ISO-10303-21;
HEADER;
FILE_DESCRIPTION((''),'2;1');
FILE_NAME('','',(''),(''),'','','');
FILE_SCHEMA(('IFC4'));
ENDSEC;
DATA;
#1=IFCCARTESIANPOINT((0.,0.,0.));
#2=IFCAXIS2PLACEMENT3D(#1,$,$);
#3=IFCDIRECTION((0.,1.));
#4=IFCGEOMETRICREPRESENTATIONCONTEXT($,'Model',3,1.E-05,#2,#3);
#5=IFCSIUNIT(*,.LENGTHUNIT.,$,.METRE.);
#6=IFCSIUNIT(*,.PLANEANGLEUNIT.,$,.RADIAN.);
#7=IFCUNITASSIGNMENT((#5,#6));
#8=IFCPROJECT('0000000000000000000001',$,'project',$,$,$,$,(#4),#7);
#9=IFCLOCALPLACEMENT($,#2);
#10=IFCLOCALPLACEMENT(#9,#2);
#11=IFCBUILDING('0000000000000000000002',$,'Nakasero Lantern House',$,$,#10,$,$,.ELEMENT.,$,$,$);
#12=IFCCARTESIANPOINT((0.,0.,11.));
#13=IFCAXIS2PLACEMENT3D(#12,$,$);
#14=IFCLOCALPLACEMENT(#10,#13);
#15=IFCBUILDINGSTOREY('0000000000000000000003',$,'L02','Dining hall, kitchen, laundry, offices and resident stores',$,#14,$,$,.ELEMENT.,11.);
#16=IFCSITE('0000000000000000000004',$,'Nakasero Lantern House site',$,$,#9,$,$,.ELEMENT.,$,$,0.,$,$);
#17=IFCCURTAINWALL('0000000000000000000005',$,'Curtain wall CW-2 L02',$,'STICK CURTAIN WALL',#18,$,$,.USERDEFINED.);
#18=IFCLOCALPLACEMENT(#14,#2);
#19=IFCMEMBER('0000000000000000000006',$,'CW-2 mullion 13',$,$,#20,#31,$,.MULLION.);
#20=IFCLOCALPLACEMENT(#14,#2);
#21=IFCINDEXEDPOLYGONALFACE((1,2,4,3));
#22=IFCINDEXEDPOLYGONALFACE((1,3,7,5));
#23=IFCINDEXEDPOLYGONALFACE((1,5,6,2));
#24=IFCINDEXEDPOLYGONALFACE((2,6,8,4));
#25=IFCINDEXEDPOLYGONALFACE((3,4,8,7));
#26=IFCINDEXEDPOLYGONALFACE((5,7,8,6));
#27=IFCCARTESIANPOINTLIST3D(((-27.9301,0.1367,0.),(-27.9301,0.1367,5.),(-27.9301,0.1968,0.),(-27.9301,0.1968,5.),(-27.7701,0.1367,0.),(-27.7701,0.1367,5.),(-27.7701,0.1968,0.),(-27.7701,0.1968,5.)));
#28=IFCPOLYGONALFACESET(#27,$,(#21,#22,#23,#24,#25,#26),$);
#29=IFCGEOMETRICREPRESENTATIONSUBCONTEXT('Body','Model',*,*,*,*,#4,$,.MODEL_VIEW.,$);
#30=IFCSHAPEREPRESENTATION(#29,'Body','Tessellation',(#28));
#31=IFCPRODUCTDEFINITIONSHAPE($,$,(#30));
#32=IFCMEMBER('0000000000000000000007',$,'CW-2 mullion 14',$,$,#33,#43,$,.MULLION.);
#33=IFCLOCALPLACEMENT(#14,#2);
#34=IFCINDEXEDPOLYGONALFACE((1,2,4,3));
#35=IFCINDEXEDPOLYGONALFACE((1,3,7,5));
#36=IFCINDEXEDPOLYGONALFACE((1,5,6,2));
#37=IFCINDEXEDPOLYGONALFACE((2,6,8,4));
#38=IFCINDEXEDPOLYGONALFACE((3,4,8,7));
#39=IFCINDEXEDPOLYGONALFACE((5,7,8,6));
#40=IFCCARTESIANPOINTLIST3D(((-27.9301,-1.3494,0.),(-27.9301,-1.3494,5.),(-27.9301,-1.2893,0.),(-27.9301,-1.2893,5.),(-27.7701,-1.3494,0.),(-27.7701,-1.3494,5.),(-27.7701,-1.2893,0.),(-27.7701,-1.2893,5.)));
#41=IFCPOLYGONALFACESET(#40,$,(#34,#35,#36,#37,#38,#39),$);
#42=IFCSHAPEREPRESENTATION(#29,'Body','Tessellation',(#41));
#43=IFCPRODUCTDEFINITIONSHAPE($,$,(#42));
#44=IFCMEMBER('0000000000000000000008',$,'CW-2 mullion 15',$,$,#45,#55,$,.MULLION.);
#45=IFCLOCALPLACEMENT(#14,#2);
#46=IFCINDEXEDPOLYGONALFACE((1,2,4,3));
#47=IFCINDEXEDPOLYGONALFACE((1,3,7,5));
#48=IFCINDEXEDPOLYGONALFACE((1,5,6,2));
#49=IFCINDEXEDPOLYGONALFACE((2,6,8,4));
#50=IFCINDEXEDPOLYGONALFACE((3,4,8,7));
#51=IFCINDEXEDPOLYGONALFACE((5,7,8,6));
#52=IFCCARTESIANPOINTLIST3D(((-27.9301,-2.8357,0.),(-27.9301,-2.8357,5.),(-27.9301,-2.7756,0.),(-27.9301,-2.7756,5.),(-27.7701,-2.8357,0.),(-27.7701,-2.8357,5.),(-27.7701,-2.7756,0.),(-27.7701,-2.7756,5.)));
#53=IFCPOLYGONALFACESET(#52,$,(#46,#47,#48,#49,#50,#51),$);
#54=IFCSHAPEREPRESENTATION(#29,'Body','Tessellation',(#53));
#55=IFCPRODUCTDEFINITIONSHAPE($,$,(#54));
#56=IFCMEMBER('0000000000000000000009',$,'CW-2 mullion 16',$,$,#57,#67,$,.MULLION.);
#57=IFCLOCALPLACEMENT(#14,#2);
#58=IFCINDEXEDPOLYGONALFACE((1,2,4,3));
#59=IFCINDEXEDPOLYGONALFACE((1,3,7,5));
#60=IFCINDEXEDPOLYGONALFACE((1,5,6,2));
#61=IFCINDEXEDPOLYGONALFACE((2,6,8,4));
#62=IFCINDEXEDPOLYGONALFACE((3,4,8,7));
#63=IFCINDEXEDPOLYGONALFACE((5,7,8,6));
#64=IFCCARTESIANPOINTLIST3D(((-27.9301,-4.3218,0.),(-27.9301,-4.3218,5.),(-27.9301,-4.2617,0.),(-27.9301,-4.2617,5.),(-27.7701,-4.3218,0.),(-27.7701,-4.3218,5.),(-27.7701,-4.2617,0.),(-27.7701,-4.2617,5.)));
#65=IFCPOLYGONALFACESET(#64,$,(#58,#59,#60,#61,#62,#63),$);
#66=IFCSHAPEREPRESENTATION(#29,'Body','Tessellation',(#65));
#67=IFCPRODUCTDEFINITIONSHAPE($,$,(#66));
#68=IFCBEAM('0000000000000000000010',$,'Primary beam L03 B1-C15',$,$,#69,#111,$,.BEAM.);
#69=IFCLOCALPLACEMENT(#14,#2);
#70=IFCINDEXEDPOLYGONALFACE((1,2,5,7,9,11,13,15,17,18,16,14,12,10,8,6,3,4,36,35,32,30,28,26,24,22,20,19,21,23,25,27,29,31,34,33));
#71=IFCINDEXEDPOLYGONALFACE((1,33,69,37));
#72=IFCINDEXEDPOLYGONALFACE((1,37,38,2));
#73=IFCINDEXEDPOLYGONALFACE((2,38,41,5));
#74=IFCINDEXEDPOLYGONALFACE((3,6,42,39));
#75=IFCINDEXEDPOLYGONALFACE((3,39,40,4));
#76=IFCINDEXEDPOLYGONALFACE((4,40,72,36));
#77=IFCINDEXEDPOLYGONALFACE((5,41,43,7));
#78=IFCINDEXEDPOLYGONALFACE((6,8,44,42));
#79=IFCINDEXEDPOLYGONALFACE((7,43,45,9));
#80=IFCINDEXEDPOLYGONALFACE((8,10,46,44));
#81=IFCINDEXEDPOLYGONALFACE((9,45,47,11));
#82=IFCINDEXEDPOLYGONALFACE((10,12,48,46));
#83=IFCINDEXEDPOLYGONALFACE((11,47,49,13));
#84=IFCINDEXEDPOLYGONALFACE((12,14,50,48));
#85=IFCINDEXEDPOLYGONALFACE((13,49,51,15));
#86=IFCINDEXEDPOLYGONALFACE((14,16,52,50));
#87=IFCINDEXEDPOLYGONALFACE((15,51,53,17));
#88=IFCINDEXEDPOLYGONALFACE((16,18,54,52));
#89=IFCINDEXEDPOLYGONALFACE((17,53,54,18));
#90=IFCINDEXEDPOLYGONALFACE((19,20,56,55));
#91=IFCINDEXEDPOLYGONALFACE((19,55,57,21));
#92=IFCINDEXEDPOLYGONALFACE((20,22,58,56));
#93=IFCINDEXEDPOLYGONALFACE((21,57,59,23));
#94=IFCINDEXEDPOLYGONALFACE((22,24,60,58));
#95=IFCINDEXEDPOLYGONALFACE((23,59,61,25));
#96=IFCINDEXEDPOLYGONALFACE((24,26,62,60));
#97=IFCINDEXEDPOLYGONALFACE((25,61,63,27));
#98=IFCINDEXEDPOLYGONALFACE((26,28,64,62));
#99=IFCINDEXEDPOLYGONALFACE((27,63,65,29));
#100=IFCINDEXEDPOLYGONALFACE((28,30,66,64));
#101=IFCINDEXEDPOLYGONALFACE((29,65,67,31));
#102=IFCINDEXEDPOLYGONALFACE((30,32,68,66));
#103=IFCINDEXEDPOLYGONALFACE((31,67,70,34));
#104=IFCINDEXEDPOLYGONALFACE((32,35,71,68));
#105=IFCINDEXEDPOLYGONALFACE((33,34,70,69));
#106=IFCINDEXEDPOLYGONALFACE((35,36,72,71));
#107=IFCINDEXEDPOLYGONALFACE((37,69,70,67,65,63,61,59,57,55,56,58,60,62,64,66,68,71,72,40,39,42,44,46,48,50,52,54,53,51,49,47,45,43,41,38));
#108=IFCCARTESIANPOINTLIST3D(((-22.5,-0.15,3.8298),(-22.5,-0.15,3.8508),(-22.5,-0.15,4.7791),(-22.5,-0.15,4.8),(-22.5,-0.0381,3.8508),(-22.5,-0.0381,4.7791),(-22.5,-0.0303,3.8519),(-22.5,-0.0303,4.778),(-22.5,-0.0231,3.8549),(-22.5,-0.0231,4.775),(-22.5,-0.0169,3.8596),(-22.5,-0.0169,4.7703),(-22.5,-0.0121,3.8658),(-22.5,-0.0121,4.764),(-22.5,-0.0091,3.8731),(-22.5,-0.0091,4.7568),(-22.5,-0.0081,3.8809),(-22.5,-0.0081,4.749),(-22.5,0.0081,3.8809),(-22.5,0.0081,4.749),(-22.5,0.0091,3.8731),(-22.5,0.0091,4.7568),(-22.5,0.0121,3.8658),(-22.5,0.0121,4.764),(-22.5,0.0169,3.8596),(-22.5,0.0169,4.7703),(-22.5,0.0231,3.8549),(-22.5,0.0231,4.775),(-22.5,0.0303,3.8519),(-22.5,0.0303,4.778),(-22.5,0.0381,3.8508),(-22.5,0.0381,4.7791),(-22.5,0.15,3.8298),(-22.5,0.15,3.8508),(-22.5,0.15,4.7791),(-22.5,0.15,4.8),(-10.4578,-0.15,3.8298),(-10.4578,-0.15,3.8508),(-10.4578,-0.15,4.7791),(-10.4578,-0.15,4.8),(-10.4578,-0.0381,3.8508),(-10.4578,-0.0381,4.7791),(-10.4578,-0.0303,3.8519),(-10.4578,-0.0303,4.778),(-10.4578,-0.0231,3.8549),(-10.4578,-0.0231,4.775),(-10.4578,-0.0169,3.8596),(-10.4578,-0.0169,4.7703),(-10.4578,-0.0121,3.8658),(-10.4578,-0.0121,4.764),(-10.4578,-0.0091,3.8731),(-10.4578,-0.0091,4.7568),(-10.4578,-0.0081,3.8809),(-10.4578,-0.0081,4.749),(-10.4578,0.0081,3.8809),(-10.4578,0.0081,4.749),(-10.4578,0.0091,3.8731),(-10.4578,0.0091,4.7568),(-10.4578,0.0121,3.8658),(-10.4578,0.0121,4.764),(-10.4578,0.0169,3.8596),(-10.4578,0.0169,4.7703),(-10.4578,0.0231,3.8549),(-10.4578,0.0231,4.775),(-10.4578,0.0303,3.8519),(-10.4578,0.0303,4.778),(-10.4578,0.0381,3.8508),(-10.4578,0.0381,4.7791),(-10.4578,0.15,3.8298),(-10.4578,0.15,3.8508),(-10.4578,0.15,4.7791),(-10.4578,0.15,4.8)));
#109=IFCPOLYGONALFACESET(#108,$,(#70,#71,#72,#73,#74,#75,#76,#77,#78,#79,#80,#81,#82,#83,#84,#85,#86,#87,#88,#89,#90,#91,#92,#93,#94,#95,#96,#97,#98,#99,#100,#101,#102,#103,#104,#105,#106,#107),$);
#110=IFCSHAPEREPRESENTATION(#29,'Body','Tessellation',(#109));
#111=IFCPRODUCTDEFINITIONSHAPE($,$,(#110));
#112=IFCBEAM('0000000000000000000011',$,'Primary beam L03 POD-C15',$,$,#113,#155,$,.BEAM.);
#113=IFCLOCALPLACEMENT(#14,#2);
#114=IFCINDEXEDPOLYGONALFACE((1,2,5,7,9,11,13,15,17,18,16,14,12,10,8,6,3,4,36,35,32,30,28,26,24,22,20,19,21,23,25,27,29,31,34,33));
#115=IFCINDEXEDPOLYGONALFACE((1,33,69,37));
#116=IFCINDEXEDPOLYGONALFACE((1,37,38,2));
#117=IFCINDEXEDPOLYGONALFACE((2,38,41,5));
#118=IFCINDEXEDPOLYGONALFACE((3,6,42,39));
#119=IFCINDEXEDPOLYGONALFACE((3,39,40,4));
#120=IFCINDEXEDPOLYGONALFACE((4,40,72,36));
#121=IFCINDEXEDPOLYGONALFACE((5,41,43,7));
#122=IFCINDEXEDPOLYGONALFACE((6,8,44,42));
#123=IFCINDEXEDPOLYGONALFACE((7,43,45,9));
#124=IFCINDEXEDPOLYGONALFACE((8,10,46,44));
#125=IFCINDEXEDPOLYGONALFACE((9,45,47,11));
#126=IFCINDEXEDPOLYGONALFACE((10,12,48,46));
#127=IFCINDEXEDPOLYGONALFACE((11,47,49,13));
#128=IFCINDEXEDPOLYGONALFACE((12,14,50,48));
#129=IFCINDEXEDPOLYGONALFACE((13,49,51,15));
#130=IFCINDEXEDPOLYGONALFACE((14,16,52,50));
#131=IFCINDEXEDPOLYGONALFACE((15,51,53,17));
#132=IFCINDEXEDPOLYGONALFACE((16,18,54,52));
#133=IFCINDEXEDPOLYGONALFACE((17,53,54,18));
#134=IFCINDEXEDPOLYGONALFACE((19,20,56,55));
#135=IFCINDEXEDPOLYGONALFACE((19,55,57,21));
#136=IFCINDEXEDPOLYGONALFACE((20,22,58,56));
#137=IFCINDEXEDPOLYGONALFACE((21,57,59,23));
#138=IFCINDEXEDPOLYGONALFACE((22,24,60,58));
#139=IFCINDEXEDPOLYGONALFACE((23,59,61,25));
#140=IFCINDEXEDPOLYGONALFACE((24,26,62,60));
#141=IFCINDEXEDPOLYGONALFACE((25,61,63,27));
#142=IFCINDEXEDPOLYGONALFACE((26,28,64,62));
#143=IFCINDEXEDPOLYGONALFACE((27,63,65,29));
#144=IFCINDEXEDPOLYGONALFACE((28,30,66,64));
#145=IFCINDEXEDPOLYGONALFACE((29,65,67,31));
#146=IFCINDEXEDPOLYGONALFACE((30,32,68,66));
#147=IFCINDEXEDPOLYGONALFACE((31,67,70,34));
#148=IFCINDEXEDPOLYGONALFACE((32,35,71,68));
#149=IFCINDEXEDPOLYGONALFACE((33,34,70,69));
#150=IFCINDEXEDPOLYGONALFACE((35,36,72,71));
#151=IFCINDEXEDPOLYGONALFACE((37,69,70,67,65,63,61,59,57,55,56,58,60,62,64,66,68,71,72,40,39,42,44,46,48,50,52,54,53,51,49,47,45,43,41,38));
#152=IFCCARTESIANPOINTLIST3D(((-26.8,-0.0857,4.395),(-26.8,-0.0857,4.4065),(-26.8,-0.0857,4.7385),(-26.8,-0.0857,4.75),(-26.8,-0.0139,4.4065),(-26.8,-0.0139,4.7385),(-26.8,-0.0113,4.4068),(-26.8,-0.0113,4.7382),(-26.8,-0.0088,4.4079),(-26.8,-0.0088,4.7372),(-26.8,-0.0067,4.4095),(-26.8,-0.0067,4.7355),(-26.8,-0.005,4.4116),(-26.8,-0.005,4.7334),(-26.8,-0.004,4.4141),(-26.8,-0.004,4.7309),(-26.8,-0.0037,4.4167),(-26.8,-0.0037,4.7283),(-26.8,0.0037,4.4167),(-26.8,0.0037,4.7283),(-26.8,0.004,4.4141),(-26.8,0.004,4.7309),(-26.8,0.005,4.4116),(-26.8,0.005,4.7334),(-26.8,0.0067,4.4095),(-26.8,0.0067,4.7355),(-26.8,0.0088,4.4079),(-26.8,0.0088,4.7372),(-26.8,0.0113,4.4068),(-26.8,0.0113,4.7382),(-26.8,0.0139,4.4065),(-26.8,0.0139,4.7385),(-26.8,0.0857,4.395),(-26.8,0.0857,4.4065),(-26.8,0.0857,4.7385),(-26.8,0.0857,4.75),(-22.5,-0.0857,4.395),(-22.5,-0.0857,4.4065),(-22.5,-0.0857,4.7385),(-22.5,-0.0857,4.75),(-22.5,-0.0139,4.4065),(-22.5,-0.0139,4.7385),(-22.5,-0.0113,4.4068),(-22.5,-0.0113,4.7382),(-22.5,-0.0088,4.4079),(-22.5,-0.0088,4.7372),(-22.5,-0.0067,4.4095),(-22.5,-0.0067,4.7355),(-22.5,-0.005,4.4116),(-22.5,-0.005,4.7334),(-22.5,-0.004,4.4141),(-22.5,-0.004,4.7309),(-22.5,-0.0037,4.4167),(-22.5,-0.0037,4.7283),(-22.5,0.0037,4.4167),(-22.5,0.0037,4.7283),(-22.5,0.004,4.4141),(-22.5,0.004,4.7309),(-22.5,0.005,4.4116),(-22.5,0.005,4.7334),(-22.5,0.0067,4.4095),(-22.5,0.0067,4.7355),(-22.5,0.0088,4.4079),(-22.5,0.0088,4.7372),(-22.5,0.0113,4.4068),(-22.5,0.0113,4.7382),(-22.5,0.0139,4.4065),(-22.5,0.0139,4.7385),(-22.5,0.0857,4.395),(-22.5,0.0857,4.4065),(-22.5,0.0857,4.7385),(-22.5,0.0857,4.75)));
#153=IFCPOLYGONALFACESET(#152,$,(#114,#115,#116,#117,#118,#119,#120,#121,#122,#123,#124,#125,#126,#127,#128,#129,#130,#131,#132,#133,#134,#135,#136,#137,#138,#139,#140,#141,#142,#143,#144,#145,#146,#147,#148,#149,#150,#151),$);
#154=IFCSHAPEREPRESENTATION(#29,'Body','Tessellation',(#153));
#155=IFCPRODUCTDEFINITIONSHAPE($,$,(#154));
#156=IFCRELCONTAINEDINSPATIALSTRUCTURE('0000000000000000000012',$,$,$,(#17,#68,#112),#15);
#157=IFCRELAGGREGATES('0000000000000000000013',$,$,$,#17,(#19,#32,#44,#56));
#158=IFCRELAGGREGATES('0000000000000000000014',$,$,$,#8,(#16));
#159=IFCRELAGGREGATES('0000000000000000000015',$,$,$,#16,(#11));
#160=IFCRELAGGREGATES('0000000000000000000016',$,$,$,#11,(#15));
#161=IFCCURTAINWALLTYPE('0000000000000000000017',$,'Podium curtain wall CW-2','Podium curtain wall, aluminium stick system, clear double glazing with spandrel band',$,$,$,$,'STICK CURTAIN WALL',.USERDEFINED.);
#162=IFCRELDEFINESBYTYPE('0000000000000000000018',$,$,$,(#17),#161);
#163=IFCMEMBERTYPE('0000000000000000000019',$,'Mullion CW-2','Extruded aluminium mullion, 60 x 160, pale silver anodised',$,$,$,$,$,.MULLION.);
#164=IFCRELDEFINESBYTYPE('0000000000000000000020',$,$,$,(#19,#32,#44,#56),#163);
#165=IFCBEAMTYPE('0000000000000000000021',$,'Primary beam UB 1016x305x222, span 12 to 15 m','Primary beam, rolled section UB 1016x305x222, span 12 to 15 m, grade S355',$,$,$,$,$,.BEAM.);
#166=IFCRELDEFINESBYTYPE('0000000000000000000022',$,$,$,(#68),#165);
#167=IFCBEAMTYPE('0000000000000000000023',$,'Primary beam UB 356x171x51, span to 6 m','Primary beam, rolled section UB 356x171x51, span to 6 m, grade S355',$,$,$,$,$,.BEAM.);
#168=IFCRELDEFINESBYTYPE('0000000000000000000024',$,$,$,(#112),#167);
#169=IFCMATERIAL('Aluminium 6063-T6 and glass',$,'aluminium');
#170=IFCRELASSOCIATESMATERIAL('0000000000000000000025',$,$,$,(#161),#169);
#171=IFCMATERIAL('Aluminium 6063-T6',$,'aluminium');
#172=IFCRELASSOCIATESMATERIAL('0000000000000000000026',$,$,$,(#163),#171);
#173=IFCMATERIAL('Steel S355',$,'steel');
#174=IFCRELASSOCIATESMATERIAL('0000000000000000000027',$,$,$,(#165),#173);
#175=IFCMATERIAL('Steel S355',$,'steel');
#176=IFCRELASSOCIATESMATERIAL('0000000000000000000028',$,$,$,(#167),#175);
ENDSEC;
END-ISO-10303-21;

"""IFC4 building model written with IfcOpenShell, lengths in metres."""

from ifc_helpers import new_model, si_unit, direction, frame, origin, origin_2d, place, context, subcontext, project, spatial, rectangle, i_section, extrude, material, material_profile, profile_set, type_object, element, aggregate, save


model = new_model("IFC4")

# Units and contexts
model_context = context("Model", 3, precision=1e-05, world=origin(), true_north=direction((0.0, 1.0)))
body_context = subcontext(model_context, "Body", "Model", "MODEL_VIEW")
ifc_project = project(units=[si_unit("LENGTHUNIT", "METRE"), si_unit("PLANEANGLEUNIT", "RADIAN")], contexts=[model_context])

# Site, building, storey
site_placement = place(None, origin())
site = spatial("IfcSite", under=ifc_project, at=site_placement, Name="Nakasero Lantern House site", CompositionType="ELEMENT", RefElevation=0.0)
building_placement = place(site_placement, origin())
building = spatial("IfcBuilding", under=site, at=building_placement, Name="Nakasero Lantern House", CompositionType="ELEMENT")
storey_placement = place(building_placement, frame((0.0, 0.0, 11.0)))
storey = spatial("IfcBuildingStorey", under=building, at=storey_placement, Name="L02", Description="Dining hall, kitchen, laundry, offices and resident stores", CompositionType="ELEMENT", Elevation=11.0)

# Curtain wall, members
ifc_material_1 = material(Name="Aluminium 6063-T6 and glass", Category="aluminium")
curtain_wall_type = type_object("IfcCurtainWallType", Name="Podium curtain wall CW-2", Description="Podium curtain wall, aluminium stick system, clear double glazing with spandrel band", ElementType="STICK CURTAIN WALL", PredefinedType="USERDEFINED", material=ifc_material_1)
curtain_wall_placement = place(storey_placement, origin())
curtain_wall = element("IfcCurtainWall", 1, at=curtain_wall_placement, inside=storey, type_object=curtain_wall_type, Name="Curtain wall CW-2 L02", ObjectType="STICK CURTAIN WALL", PredefinedType="USERDEFINED")
ifc_material_2 = material(Name="Aluminium 6063-T6", Category="aluminium")
ifc_material_profile_1 = material_profile(ifc_material_2, rectangle(XDim=0.0601, YDim=0.1599, at=origin_2d()), Name="CW-2 mullion 60x160")
ifc_profile_set_1 = profile_set([ifc_material_profile_1], Name="Aluminium 6063-T6")
member_type_1 = type_object("IfcMemberType", Name="Mullion CW-2", Description="Extruded aluminium mullion, 60 x 160, pale silver anodised", PredefinedType="MULLION", material=ifc_profile_set_1)
member_1_placement = place(storey_placement, frame((-27.8501, 0.1667, 0.0), z_axis=(0.0, 0.0, 1.0), x_axis=(0.0, -1.0, 0.0)))
member_1 = element("IfcMember", 2, at=member_1_placement, type_object=member_type_1, Name="CW-2 mullion 13", PredefinedType="MULLION", context=body_context, shape_type="SweptSolid", body=[
    extrude(rectangle(XDim=0.0601, YDim=0.1599, at=origin_2d()), origin(), (0.0, 0.0, 1.0), 5.0),
])
member_2_placement = place(storey_placement, frame((-27.8501, -1.3193, 0.0), z_axis=(0.0, 0.0, 1.0), x_axis=(0.0, -1.0, 0.0)))
member_2 = element("IfcMember", 3, at=member_2_placement, type_object=member_type_1, Name="CW-2 mullion 14", PredefinedType="MULLION", context=body_context, shape_type="SweptSolid", body=[
    extrude(rectangle(XDim=0.0601, YDim=0.1599, at=origin_2d()), origin(), (0.0, 0.0, 1.0), 5.0),
])
member_3_placement = place(storey_placement, frame((-27.8501, -2.8057, 0.0), z_axis=(0.0, 0.0, 1.0), x_axis=(0.0, -1.0, 0.0)))
member_3 = element("IfcMember", 4, at=member_3_placement, type_object=member_type_1, Name="CW-2 mullion 15", PredefinedType="MULLION", context=body_context, shape_type="SweptSolid", body=[
    extrude(rectangle(XDim=0.0601, YDim=0.1599, at=origin_2d()), origin(), (0.0, 0.0, 1.0), 5.0),
])
member_4_placement = place(storey_placement, frame((-27.8501, -4.2917, 0.0), z_axis=(0.0, 0.0, 1.0), x_axis=(0.0, -1.0, 0.0)))
member_4 = element("IfcMember", 5, at=member_4_placement, type_object=member_type_1, Name="CW-2 mullion 16", PredefinedType="MULLION", context=body_context, shape_type="SweptSolid", body=[
    extrude(rectangle(XDim=0.0601, YDim=0.1599, at=origin_2d()), origin(), (0.0, 0.0, 1.0), 5.0),
])

# Beams
ifc_material_3 = material(Name="Steel S355", Category="steel")
ifc_material_profile_2 = material_profile(ifc_material_3, i_section(OverallWidth=0.3, OverallDepth=0.9702, WebThickness=0.0161, FlangeThickness=0.021, FilletRadius=0.03, at=origin_2d()), Name="UB 1016x305x222")
ifc_profile_set_2 = profile_set([ifc_material_profile_2], Name="Steel S355")
beam_type_1 = type_object("IfcBeamType", Name="Primary beam UB 1016x305x222, span 12 to 15 m", Description="Primary beam, rolled section UB 1016x305x222, span 12 to 15 m, grade S355", PredefinedType="BEAM", material=ifc_profile_set_2)
beam_1_placement = place(storey_placement, frame((-22.5, 0.0, 4.3149), z_axis=(1.0, 0.0, 0.0), x_axis=(0.0, 1.0, 0.0)))
element("IfcBeam", 6, at=beam_1_placement, inside=storey, type_object=beam_type_1, Name="Primary beam L03 B1-C15", PredefinedType="BEAM", context=body_context, shape_type="SweptSolid", body=[
    extrude(i_section(OverallWidth=0.3, OverallDepth=0.9702, WebThickness=0.0161, FlangeThickness=0.021, FilletRadius=0.03, at=origin_2d()), origin(), (0.0, 0.0, 1.0), 12.0422),
])
ifc_material_4 = material(Name="Steel S355", Category="steel")
ifc_material_profile_3 = material_profile(ifc_material_4, i_section(OverallWidth=0.1714, OverallDepth=0.355, WebThickness=0.0073, FlangeThickness=0.0115, FilletRadius=0.0103, at=origin_2d()), Name="UB 356x171x51")
ifc_profile_set_3 = profile_set([ifc_material_profile_3], Name="Steel S355")
beam_type_2 = type_object("IfcBeamType", Name="Primary beam UB 356x171x51, span to 6 m", Description="Primary beam, rolled section UB 356x171x51, span to 6 m, grade S355", PredefinedType="BEAM", material=ifc_profile_set_3)
beam_2_placement = place(storey_placement, frame((-26.8, 0.0, 4.5725), z_axis=(1.0, 0.0, 0.0), x_axis=(0.0, 1.0, 0.0)))
element("IfcBeam", 7, at=beam_2_placement, inside=storey, type_object=beam_type_2, Name="Primary beam L03 POD-C15", PredefinedType="BEAM", context=body_context, shape_type="SweptSolid", body=[
    extrude(i_section(OverallWidth=0.1714, OverallDepth=0.355, WebThickness=0.0073, FlangeThickness=0.0115, FilletRadius=0.0103, at=origin_2d()), origin(), (0.0, 0.0, 1.0), 4.3),
])

aggregate(curtain_wall, [member_1, member_2, member_3, member_4])

save(model, "model.ifc")
